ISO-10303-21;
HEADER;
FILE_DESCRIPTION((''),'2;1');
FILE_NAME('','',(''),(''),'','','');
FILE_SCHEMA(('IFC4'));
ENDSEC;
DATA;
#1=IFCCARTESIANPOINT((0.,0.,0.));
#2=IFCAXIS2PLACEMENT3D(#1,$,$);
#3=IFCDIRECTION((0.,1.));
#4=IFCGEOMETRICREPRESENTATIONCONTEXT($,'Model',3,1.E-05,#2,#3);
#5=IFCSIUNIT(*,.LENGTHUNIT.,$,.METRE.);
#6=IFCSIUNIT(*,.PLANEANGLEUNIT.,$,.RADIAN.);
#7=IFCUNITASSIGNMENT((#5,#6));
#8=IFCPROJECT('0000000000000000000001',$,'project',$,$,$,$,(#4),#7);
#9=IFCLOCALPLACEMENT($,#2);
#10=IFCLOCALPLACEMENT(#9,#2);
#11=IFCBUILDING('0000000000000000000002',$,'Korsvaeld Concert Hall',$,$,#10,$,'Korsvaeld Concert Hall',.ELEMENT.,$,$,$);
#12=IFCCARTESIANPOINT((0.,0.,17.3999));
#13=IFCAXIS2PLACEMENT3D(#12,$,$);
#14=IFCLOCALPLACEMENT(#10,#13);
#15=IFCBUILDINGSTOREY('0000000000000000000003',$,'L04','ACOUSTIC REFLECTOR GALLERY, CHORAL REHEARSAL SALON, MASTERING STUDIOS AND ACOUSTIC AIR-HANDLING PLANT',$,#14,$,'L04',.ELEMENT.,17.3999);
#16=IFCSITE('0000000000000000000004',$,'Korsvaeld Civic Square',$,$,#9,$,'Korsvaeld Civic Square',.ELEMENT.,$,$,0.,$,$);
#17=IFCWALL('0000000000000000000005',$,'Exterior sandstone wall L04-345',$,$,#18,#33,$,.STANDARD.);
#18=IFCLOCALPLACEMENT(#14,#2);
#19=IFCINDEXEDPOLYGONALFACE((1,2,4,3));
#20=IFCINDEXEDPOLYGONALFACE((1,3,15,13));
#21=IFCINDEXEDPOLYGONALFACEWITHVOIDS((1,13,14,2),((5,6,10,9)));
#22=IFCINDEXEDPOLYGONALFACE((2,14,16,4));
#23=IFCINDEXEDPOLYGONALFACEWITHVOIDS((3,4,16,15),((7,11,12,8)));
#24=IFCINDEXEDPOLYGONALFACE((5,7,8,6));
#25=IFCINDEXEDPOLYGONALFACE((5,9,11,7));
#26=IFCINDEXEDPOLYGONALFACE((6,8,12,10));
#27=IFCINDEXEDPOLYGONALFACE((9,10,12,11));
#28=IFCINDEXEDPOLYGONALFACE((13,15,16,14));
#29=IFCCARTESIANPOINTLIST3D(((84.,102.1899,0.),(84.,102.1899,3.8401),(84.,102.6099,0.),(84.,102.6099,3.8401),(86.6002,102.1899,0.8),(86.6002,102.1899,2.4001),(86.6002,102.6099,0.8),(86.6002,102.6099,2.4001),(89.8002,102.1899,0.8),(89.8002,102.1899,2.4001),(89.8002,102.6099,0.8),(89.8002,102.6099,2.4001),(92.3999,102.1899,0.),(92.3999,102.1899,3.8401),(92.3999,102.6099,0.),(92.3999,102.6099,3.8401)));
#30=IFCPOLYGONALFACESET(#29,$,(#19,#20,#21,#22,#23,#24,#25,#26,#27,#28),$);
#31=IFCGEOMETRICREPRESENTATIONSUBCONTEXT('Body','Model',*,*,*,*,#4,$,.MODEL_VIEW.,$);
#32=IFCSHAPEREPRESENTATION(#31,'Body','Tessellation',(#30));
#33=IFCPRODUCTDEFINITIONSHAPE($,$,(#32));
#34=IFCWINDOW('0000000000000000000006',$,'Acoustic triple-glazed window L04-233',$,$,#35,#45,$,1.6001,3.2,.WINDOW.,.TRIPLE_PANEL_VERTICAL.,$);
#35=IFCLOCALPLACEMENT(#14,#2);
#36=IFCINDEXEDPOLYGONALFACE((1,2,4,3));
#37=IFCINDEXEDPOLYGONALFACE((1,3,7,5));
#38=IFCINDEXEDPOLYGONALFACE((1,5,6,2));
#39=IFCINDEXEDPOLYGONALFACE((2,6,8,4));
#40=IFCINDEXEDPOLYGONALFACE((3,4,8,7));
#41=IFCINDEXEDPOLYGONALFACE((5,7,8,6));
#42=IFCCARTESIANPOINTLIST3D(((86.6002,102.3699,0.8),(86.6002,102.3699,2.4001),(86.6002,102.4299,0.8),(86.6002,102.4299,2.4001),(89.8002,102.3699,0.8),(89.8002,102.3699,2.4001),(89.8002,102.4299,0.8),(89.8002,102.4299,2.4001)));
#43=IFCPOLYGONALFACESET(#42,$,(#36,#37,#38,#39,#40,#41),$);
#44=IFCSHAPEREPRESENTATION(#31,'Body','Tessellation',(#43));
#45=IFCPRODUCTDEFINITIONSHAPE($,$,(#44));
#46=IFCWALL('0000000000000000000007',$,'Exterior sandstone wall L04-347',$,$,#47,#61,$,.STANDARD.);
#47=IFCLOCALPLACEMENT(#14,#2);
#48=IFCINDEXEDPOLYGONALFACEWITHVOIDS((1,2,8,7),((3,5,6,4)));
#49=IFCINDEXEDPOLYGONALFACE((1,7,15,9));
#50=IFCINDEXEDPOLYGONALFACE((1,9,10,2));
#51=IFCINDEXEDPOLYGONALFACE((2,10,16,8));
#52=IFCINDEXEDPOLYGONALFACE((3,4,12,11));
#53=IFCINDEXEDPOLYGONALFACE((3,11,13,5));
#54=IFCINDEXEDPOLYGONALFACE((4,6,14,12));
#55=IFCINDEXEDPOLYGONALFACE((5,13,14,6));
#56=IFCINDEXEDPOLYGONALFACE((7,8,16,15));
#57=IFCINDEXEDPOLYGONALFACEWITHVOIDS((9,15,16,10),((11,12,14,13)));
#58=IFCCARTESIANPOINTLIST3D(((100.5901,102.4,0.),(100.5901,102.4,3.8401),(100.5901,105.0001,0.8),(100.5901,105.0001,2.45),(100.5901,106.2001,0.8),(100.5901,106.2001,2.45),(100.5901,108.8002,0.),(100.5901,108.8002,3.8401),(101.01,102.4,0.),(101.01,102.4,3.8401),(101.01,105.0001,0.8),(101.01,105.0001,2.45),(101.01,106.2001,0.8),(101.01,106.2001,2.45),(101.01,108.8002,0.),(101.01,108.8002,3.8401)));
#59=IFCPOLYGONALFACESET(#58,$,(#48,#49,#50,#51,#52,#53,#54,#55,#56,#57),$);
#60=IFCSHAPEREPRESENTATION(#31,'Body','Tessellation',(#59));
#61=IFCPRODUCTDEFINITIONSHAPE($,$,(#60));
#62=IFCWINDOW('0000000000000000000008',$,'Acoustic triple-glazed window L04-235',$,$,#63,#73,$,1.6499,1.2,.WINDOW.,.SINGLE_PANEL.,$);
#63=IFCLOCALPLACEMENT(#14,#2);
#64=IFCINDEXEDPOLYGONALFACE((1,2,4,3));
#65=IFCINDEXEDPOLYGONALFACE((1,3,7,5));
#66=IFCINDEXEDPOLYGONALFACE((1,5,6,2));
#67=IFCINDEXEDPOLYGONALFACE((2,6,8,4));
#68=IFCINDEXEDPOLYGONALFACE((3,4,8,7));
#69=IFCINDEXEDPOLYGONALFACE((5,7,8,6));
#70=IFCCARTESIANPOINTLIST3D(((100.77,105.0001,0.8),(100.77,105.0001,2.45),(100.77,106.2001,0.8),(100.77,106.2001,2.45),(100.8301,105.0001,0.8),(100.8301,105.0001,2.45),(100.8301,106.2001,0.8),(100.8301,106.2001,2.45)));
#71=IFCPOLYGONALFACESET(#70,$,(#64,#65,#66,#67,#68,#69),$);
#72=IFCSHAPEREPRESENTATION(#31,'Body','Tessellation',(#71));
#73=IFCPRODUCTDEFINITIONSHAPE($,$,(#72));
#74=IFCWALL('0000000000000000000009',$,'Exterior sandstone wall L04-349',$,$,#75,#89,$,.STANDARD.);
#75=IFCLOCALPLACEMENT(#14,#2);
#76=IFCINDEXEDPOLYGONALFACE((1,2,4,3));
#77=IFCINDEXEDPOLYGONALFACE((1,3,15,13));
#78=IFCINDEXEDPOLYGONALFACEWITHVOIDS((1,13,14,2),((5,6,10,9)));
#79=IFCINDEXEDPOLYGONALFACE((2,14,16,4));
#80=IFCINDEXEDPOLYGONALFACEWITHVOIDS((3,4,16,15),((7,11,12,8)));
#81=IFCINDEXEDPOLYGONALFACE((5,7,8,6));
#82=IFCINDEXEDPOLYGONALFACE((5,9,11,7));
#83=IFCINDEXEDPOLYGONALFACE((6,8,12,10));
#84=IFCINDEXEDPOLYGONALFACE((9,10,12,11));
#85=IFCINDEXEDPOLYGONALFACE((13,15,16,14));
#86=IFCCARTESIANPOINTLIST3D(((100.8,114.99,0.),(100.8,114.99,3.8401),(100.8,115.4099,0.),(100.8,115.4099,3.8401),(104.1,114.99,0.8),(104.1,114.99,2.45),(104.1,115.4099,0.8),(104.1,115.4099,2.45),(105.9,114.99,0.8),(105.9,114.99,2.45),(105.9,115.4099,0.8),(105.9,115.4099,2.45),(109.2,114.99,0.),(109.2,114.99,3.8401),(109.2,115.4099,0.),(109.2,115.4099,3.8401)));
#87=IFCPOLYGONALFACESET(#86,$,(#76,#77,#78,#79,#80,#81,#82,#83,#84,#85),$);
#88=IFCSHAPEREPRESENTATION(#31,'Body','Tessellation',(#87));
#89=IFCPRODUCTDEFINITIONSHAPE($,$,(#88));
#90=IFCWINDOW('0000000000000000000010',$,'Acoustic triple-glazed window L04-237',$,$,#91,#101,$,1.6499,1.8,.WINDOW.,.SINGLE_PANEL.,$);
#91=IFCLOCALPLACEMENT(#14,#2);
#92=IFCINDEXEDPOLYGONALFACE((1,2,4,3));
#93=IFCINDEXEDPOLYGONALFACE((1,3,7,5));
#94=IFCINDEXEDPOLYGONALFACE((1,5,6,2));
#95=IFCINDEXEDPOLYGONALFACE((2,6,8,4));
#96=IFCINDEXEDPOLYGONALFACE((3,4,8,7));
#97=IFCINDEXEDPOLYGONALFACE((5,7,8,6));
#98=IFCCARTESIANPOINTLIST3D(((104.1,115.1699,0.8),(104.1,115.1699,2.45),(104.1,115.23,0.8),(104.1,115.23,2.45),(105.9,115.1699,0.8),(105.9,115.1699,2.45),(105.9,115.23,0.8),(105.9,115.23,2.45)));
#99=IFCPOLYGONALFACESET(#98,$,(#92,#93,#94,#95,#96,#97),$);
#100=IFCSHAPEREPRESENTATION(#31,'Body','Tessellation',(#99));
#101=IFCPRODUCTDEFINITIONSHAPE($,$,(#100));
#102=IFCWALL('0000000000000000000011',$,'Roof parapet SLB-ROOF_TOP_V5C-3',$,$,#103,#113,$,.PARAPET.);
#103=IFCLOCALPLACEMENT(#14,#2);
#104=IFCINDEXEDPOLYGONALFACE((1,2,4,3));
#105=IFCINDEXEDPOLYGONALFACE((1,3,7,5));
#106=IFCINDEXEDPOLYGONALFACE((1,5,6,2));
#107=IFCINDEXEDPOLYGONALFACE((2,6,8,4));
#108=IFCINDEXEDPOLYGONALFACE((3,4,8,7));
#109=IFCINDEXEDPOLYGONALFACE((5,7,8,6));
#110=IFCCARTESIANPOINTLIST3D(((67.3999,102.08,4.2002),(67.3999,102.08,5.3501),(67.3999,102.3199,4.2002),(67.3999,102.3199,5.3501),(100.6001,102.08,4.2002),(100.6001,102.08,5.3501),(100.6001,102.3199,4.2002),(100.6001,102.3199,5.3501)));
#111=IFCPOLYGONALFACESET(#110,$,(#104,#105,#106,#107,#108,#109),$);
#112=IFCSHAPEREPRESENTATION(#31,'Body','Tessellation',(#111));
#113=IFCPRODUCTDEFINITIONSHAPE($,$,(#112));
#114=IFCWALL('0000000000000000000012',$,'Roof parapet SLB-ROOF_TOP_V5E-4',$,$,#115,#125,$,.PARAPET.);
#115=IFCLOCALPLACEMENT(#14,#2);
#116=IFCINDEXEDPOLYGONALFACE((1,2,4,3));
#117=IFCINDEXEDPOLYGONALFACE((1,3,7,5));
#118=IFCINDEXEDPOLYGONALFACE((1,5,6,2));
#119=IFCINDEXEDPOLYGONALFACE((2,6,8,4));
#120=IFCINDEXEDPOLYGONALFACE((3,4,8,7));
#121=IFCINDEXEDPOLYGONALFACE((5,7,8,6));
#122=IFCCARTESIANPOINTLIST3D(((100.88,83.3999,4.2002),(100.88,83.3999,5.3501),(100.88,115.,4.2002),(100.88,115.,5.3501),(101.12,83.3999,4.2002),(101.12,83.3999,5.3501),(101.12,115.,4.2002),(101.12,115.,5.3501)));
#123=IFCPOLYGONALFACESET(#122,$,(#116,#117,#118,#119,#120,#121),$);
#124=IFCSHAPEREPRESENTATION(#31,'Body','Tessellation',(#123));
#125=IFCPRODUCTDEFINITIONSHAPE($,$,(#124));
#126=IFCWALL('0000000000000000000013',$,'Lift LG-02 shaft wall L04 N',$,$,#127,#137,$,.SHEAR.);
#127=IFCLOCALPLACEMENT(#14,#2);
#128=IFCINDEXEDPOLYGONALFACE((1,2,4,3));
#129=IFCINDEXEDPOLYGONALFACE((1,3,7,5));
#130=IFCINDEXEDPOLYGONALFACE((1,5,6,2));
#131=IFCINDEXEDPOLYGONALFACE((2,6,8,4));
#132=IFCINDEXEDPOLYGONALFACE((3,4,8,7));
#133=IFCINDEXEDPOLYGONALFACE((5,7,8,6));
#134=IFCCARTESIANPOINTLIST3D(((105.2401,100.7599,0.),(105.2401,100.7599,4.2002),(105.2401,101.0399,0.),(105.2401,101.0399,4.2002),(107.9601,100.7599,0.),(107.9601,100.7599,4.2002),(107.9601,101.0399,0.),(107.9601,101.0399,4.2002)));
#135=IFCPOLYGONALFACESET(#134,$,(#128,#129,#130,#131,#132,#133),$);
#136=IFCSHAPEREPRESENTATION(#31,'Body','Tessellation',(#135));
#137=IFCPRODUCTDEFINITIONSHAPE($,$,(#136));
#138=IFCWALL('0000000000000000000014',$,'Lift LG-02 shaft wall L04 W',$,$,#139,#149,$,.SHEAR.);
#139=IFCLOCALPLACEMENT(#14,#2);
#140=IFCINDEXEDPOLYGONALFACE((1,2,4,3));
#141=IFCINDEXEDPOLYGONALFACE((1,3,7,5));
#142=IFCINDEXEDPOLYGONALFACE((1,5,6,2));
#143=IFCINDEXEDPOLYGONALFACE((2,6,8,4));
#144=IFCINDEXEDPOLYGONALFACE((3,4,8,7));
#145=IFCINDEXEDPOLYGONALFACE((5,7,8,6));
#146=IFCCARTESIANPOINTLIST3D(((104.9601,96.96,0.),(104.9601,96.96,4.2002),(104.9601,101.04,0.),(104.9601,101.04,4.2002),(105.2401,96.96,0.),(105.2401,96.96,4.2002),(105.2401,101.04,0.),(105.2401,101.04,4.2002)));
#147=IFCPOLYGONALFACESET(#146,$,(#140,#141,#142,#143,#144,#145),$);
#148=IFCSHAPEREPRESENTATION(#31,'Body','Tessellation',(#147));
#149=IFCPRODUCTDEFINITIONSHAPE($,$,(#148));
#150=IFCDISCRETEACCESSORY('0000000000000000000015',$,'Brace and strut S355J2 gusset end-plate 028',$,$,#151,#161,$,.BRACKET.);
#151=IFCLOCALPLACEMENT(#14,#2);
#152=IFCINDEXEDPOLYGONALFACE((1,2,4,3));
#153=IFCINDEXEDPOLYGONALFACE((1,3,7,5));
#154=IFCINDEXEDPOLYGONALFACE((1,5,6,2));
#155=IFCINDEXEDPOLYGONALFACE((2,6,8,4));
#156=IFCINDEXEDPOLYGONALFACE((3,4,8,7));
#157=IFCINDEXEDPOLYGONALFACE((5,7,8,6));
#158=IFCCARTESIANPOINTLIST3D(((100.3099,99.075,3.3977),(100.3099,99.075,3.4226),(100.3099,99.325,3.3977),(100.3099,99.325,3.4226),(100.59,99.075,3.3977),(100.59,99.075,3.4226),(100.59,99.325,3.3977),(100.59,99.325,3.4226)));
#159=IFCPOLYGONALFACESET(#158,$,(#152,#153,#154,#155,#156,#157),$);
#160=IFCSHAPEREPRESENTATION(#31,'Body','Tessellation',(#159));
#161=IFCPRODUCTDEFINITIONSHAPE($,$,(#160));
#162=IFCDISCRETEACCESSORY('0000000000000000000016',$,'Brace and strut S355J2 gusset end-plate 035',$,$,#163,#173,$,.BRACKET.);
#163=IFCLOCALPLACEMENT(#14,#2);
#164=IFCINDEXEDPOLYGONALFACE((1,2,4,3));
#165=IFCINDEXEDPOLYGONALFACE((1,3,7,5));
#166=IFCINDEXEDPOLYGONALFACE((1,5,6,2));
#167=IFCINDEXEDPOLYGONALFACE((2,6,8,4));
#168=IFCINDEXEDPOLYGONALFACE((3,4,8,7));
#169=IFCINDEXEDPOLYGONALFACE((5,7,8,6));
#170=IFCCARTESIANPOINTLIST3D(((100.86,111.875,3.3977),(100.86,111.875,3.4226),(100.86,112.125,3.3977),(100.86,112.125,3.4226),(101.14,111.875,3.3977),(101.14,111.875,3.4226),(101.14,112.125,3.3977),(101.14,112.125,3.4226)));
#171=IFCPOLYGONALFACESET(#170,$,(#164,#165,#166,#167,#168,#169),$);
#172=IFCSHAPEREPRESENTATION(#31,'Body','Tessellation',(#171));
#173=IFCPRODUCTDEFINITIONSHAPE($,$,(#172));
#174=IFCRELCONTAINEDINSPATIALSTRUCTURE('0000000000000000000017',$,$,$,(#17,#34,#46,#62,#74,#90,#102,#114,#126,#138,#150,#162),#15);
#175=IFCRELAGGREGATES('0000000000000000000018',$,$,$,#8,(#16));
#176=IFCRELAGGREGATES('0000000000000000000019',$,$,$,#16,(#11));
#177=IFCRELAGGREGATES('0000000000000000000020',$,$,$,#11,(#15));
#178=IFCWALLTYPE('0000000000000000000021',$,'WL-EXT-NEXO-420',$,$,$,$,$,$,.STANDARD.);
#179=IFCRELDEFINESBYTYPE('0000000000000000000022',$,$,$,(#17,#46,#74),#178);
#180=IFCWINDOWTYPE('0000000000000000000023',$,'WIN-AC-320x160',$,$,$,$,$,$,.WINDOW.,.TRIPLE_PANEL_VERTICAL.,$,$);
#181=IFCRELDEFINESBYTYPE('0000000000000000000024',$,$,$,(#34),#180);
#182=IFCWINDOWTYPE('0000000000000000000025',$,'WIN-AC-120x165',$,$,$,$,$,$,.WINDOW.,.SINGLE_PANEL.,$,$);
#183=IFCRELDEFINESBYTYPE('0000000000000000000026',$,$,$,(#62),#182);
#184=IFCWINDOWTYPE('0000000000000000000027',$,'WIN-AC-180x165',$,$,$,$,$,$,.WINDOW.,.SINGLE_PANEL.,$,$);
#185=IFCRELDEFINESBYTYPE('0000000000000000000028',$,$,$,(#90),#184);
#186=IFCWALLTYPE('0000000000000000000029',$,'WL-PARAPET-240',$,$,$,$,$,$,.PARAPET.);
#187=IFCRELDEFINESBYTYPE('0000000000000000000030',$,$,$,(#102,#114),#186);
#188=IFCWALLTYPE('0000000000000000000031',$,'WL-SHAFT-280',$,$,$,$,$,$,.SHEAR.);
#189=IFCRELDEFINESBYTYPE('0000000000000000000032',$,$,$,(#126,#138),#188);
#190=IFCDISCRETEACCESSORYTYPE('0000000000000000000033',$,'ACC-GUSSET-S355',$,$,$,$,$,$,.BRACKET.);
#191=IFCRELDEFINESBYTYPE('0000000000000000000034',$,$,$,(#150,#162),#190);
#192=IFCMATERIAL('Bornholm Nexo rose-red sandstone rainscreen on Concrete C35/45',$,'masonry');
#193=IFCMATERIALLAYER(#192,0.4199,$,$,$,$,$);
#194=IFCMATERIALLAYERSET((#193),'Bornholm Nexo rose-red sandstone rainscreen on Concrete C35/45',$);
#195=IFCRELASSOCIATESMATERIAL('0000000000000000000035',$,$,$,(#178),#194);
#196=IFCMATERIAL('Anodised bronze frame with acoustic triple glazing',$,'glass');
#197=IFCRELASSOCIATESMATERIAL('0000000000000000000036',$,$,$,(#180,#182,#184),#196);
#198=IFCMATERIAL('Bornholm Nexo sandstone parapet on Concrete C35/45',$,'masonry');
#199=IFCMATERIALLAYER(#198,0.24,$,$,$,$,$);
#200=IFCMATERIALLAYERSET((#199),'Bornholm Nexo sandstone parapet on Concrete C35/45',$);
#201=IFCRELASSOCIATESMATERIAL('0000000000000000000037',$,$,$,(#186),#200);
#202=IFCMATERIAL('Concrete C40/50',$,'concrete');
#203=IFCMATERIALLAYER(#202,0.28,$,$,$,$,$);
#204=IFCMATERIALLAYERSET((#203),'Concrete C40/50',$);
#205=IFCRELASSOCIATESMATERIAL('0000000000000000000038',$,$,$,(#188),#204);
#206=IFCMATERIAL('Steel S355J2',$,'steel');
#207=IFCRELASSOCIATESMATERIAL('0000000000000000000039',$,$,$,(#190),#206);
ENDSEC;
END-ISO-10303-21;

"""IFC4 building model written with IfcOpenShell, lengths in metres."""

from ifc_helpers import new_model, si_unit, direction, frame, frame_2d, origin, origin_2d, place, context, subcontext, project, spatial, rectangle, extrude, material, layer, layer_set, type_object, element, fill, save


model = new_model("IFC4")

# Units and contexts
model_context = context("Model", 3, precision=1e-05, world=origin(), true_north=direction((0.0, 1.0)))
body_context = subcontext(model_context, "Body", "Model", "MODEL_VIEW")
ifc_project = project(units=[si_unit("LENGTHUNIT", "METRE"), si_unit("PLANEANGLEUNIT", "RADIAN")], contexts=[model_context])

# Site, building, storey
site_placement = place(None, origin())
site = spatial("IfcSite", under=ifc_project, at=site_placement, Name="Korsvaeld Civic Square", LongName="Korsvaeld Civic Square", CompositionType="ELEMENT", RefElevation=0.0)
building_placement = place(site_placement, origin())
building = spatial("IfcBuilding", under=site, at=building_placement, Name="Korsvaeld Concert Hall", LongName="Korsvaeld Concert Hall", CompositionType="ELEMENT")
storey_placement = place(building_placement, frame((0.0, 0.0, 17.3999)))
storey = spatial("IfcBuildingStorey", under=building, at=storey_placement, Name="L04", Description="ACOUSTIC REFLECTOR GALLERY, CHORAL REHEARSAL SALON, MASTERING STUDIOS AND ACOUSTIC AIR-HANDLING PLANT", LongName="L04", CompositionType="ELEMENT", Elevation=17.3999)

# Shared definitions
ifc_material_1 = material(Name="Concrete C40/50", Category="concrete")

# Shared definitions
ifc_material_2 = material(Name="Steel S355J2", Category="steel")

# Walls, openings, windows
ifc_material_3 = material(Name="Anodised bronze frame with acoustic triple glazing", Category="glass")
ifc_material_4 = material(Name="Bornholm Nexo rose-red sandstone rainscreen on Concrete C35/45", Category="masonry")
ifc_layer_1 = layer(ifc_material_4, 0.4199)
ifc_layer_set_1 = layer_set([ifc_layer_1], Name="Bornholm Nexo rose-red sandstone rainscreen on Concrete C35/45")
wall_type_1 = type_object("IfcWallType", Name="WL-EXT-NEXO-420", PredefinedType="STANDARD", material=ifc_layer_set_1)
wall_1_placement = place(storey_placement, frame((84.0, 102.3999, 0.0), z_axis=(0.0, 0.0, 1.0), x_axis=(1.0, 0.0, 0.0)))
wall_1 = element("IfcWall", 1, at=wall_1_placement, inside=storey, type_object=wall_type_1, Name="Exterior sandstone wall L04-345", PredefinedType="STANDARD", context=body_context, shape_type="SweptSolid", body=[
    extrude(rectangle(XDim=8.3999, YDim=0.4199, at=frame_2d((4.2, 0.0))), origin(), (0.0, 0.0, 1.0), 3.8401),
])
opening_1_placement = place(wall_1_placement, frame((2.6001, 0.0, 0.8)))
opening_1 = element("IfcOpeningElement", 2, at=opening_1_placement, cuts=wall_1, PredefinedType="OPENING", context=body_context, shape_type="SweptSolid", body=[
    extrude(rectangle(XDim=3.2, YDim=1.6001, at=frame_2d((1.6001, 0.8))), frame((0.0, 0.22, 0.0), z_axis=(0.0, -1.0, 0.0), x_axis=(1.0, 0.0, 0.0)), (0.0, 0.0, 1.0), 0.4399),
])
window_type_1 = type_object("IfcWindowType", Name="WIN-AC-320x160", PartitioningType="TRIPLE_PANEL_VERTICAL", PredefinedType="WINDOW", material=ifc_material_3)
window_1_placement = place(opening_1_placement, origin())
window_1 = element("IfcWindow", 3, at=window_1_placement, inside=storey, type_object=window_type_1, Name="Acoustic triple-glazed window L04-233", OverallHeight=1.6001, OverallWidth=3.2, PartitioningType="TRIPLE_PANEL_VERTICAL", PredefinedType="WINDOW", context=body_context, shape_type="SweptSolid", body=[
    extrude(rectangle(XDim=3.2, YDim=1.6001, at=frame_2d((1.6001, 0.8))), frame((0.0, 0.03, 0.0), z_axis=(0.0, -1.0, 0.0), x_axis=(1.0, 0.0, 0.0)), (0.0, 0.0, 1.0), 0.0601),
])
fill(opening_1, window_1)
wall_2_placement = place(storey_placement, frame((100.8, 102.3999, 0.0), z_axis=(0.0, 0.0, 1.0), x_axis=(0.0, 1.0, 0.0)))
wall_2 = element("IfcWall", 4, at=wall_2_placement, inside=storey, type_object=wall_type_1, Name="Exterior sandstone wall L04-347", PredefinedType="STANDARD", context=body_context, shape_type="SweptSolid", body=[
    extrude(rectangle(XDim=6.4001, YDim=0.4199, at=frame_2d((3.2002, 0.0))), origin(), (0.0, 0.0, 1.0), 3.8401),
])
opening_2_placement = place(wall_2_placement, frame((2.6001, 0.0, 0.8)))
opening_2 = element("IfcOpeningElement", 5, at=opening_2_placement, cuts=wall_2, PredefinedType="OPENING", context=body_context, shape_type="SweptSolid", body=[
    extrude(rectangle(XDim=1.2, YDim=1.6499, at=frame_2d((0.6001, 0.825))), frame((0.0, 0.22, 0.0), z_axis=(0.0, -1.0, 0.0), x_axis=(1.0, 0.0, 0.0)), (0.0, 0.0, 1.0), 0.4399),
])
window_type_2 = type_object("IfcWindowType", Name="WIN-AC-120x165", PartitioningType="SINGLE_PANEL", PredefinedType="WINDOW", material=ifc_material_3)
window_2_placement = place(opening_2_placement, origin())
window_2 = element("IfcWindow", 6, at=window_2_placement, inside=storey, type_object=window_type_2, Name="Acoustic triple-glazed window L04-235", OverallHeight=1.6499, OverallWidth=1.2, PartitioningType="SINGLE_PANEL", PredefinedType="WINDOW", context=body_context, shape_type="SweptSolid", body=[
    extrude(rectangle(XDim=1.2, YDim=1.6499, at=frame_2d((0.6001, 0.825))), frame((0.0, 0.03, 0.0), z_axis=(0.0, -1.0, 0.0), x_axis=(1.0, 0.0, 0.0)), (0.0, 0.0, 1.0), 0.0601),
])
fill(opening_2, window_2)
wall_3_placement = place(storey_placement, frame((100.8, 115.2, 0.0), z_axis=(0.0, 0.0, 1.0), x_axis=(1.0, 0.0, 0.0)))
wall_3 = element("IfcWall", 7, at=wall_3_placement, inside=storey, type_object=wall_type_1, Name="Exterior sandstone wall L04-349", PredefinedType="STANDARD", context=body_context, shape_type="SweptSolid", body=[
    extrude(rectangle(XDim=8.3999, YDim=0.4199, at=frame_2d((4.2, 0.0))), origin(), (0.0, 0.0, 1.0), 3.8401),
])
opening_3_placement = place(wall_3_placement, frame((3.3, 0.0, 0.8)))
opening_3 = element("IfcOpeningElement", 8, at=opening_3_placement, cuts=wall_3, PredefinedType="OPENING", context=body_context, shape_type="SweptSolid", body=[
    extrude(rectangle(XDim=1.8, YDim=1.6499, at=frame_2d((0.8999, 0.825))), frame((0.0, 0.22, 0.0), z_axis=(0.0, -1.0, 0.0), x_axis=(1.0, 0.0, 0.0)), (0.0, 0.0, 1.0), 0.4399),
])
window_type_3 = type_object("IfcWindowType", Name="WIN-AC-180x165", PartitioningType="SINGLE_PANEL", PredefinedType="WINDOW", material=ifc_material_3)
window_3_placement = place(opening_3_placement, origin())
window_3 = element("IfcWindow", 9, at=window_3_placement, inside=storey, type_object=window_type_3, Name="Acoustic triple-glazed window L04-237", OverallHeight=1.6499, OverallWidth=1.8, PartitioningType="SINGLE_PANEL", PredefinedType="WINDOW", context=body_context, shape_type="SweptSolid", body=[
    extrude(rectangle(XDim=1.8, YDim=1.6499, at=frame_2d((0.8999, 0.825))), frame((0.0, 0.03, 0.0), z_axis=(0.0, -1.0, 0.0), x_axis=(1.0, 0.0, 0.0)), (0.0, 0.0, 1.0), 0.0601),
])
fill(opening_3, window_3)

# Walls
ifc_material_5 = material(Name="Bornholm Nexo sandstone parapet on Concrete C35/45", Category="masonry")
ifc_layer_2 = layer(ifc_material_5, 0.24)
ifc_layer_set_2 = layer_set([ifc_layer_2], Name="Bornholm Nexo sandstone parapet on Concrete C35/45")
wall_type_2 = type_object("IfcWallType", Name="WL-PARAPET-240", PredefinedType="PARAPET", material=ifc_layer_set_2)
wall_4_placement = place(storey_placement, frame((100.6001, 102.2, 4.2002), z_axis=(0.0, 0.0, 1.0), x_axis=(-1.0, 0.0, 0.0)))
element("IfcWall", 10, at=wall_4_placement, inside=storey, type_object=wall_type_2, Name="Roof parapet SLB-ROOF_TOP_V5C-3", PredefinedType="PARAPET", context=body_context, shape_type="SweptSolid", body=[
    extrude(rectangle(XDim=33.2002, YDim=0.24, at=frame_2d((16.6001, 0.0))), origin(), (0.0, 0.0, 1.0), 1.1499),
])
wall_5_placement = place(storey_placement, frame((101.0, 115.0, 4.2002), z_axis=(0.0, 0.0, 1.0), x_axis=(0.0, -1.0, 0.0)))
element("IfcWall", 11, at=wall_5_placement, inside=storey, type_object=wall_type_2, Name="Roof parapet SLB-ROOF_TOP_V5E-4", PredefinedType="PARAPET", context=body_context, shape_type="SweptSolid", body=[
    extrude(rectangle(XDim=31.6001, YDim=0.24, at=frame_2d((15.8, 0.0))), origin(), (0.0, 0.0, 1.0), 1.1499),
])
ifc_layer_3 = layer(ifc_material_1, 0.28)
ifc_layer_set_3 = layer_set([ifc_layer_3], Name="Concrete C40/50")
wall_type_3 = type_object("IfcWallType", Name="WL-SHAFT-280", PredefinedType="SHEAR", material=ifc_layer_set_3)
wall_6_placement = place(storey_placement, frame((107.96, 100.8999, 0.0), z_axis=(0.0, 0.0, 1.0), x_axis=(-1.0, 0.0, 0.0)))
element("IfcWall", 12, at=wall_6_placement, inside=storey, type_object=wall_type_3, Name="Lift LG-02 shaft wall L04 N", PredefinedType="SHEAR", context=body_context, shape_type="SweptSolid", body=[
    extrude(rectangle(XDim=2.72, YDim=0.28, at=frame_2d((1.3599, 0.0))), origin(), (0.0, 0.0, 1.0), 4.2002),
])
wall_7_placement = place(storey_placement, frame((105.1001, 101.04, 0.0), z_axis=(0.0, 0.0, 1.0), x_axis=(0.0, -1.0, 0.0)))
element("IfcWall", 13, at=wall_7_placement, inside=storey, type_object=wall_type_3, Name="Lift LG-02 shaft wall L04 W", PredefinedType="SHEAR", context=body_context, shape_type="SweptSolid", body=[
    extrude(rectangle(XDim=4.0801, YDim=0.28, at=frame_2d((2.04, 0.0))), origin(), (0.0, 0.0, 1.0), 4.2002),
])

# Discrete accessories
discrete_accessory_type = type_object("IfcDiscreteAccessoryType", Name="ACC-GUSSET-S355", PredefinedType="BRACKET", material=ifc_material_2)
for number, where, z_axis, x_axis, name in (
    (14, (100.45, 99.2, 3.3977), (0.0, 0.0, 1.0), (1.0, 0.0, 0.0), "Brace and strut S355J2 gusset end-plate 028"),
    (15, (101.0, 112.0, 3.3977), (0.0, 0.0, 1.0), (1.0, 0.0, 0.0), "Brace and strut S355J2 gusset end-plate 035"),
):
    element("IfcDiscreteAccessory", number, at=place(storey_placement, frame(where, z_axis=z_axis, x_axis=x_axis)), inside=storey, type_object=discrete_accessory_type, Name=name, PredefinedType="BRACKET", context=body_context, shape_type="SweptSolid", body=[
        extrude(rectangle(XDim=0.28, YDim=0.25, at=origin_2d()), origin(), (0.0, 0.0, 1.0), 0.0249),
    ])

save(model, "model.ifc")
